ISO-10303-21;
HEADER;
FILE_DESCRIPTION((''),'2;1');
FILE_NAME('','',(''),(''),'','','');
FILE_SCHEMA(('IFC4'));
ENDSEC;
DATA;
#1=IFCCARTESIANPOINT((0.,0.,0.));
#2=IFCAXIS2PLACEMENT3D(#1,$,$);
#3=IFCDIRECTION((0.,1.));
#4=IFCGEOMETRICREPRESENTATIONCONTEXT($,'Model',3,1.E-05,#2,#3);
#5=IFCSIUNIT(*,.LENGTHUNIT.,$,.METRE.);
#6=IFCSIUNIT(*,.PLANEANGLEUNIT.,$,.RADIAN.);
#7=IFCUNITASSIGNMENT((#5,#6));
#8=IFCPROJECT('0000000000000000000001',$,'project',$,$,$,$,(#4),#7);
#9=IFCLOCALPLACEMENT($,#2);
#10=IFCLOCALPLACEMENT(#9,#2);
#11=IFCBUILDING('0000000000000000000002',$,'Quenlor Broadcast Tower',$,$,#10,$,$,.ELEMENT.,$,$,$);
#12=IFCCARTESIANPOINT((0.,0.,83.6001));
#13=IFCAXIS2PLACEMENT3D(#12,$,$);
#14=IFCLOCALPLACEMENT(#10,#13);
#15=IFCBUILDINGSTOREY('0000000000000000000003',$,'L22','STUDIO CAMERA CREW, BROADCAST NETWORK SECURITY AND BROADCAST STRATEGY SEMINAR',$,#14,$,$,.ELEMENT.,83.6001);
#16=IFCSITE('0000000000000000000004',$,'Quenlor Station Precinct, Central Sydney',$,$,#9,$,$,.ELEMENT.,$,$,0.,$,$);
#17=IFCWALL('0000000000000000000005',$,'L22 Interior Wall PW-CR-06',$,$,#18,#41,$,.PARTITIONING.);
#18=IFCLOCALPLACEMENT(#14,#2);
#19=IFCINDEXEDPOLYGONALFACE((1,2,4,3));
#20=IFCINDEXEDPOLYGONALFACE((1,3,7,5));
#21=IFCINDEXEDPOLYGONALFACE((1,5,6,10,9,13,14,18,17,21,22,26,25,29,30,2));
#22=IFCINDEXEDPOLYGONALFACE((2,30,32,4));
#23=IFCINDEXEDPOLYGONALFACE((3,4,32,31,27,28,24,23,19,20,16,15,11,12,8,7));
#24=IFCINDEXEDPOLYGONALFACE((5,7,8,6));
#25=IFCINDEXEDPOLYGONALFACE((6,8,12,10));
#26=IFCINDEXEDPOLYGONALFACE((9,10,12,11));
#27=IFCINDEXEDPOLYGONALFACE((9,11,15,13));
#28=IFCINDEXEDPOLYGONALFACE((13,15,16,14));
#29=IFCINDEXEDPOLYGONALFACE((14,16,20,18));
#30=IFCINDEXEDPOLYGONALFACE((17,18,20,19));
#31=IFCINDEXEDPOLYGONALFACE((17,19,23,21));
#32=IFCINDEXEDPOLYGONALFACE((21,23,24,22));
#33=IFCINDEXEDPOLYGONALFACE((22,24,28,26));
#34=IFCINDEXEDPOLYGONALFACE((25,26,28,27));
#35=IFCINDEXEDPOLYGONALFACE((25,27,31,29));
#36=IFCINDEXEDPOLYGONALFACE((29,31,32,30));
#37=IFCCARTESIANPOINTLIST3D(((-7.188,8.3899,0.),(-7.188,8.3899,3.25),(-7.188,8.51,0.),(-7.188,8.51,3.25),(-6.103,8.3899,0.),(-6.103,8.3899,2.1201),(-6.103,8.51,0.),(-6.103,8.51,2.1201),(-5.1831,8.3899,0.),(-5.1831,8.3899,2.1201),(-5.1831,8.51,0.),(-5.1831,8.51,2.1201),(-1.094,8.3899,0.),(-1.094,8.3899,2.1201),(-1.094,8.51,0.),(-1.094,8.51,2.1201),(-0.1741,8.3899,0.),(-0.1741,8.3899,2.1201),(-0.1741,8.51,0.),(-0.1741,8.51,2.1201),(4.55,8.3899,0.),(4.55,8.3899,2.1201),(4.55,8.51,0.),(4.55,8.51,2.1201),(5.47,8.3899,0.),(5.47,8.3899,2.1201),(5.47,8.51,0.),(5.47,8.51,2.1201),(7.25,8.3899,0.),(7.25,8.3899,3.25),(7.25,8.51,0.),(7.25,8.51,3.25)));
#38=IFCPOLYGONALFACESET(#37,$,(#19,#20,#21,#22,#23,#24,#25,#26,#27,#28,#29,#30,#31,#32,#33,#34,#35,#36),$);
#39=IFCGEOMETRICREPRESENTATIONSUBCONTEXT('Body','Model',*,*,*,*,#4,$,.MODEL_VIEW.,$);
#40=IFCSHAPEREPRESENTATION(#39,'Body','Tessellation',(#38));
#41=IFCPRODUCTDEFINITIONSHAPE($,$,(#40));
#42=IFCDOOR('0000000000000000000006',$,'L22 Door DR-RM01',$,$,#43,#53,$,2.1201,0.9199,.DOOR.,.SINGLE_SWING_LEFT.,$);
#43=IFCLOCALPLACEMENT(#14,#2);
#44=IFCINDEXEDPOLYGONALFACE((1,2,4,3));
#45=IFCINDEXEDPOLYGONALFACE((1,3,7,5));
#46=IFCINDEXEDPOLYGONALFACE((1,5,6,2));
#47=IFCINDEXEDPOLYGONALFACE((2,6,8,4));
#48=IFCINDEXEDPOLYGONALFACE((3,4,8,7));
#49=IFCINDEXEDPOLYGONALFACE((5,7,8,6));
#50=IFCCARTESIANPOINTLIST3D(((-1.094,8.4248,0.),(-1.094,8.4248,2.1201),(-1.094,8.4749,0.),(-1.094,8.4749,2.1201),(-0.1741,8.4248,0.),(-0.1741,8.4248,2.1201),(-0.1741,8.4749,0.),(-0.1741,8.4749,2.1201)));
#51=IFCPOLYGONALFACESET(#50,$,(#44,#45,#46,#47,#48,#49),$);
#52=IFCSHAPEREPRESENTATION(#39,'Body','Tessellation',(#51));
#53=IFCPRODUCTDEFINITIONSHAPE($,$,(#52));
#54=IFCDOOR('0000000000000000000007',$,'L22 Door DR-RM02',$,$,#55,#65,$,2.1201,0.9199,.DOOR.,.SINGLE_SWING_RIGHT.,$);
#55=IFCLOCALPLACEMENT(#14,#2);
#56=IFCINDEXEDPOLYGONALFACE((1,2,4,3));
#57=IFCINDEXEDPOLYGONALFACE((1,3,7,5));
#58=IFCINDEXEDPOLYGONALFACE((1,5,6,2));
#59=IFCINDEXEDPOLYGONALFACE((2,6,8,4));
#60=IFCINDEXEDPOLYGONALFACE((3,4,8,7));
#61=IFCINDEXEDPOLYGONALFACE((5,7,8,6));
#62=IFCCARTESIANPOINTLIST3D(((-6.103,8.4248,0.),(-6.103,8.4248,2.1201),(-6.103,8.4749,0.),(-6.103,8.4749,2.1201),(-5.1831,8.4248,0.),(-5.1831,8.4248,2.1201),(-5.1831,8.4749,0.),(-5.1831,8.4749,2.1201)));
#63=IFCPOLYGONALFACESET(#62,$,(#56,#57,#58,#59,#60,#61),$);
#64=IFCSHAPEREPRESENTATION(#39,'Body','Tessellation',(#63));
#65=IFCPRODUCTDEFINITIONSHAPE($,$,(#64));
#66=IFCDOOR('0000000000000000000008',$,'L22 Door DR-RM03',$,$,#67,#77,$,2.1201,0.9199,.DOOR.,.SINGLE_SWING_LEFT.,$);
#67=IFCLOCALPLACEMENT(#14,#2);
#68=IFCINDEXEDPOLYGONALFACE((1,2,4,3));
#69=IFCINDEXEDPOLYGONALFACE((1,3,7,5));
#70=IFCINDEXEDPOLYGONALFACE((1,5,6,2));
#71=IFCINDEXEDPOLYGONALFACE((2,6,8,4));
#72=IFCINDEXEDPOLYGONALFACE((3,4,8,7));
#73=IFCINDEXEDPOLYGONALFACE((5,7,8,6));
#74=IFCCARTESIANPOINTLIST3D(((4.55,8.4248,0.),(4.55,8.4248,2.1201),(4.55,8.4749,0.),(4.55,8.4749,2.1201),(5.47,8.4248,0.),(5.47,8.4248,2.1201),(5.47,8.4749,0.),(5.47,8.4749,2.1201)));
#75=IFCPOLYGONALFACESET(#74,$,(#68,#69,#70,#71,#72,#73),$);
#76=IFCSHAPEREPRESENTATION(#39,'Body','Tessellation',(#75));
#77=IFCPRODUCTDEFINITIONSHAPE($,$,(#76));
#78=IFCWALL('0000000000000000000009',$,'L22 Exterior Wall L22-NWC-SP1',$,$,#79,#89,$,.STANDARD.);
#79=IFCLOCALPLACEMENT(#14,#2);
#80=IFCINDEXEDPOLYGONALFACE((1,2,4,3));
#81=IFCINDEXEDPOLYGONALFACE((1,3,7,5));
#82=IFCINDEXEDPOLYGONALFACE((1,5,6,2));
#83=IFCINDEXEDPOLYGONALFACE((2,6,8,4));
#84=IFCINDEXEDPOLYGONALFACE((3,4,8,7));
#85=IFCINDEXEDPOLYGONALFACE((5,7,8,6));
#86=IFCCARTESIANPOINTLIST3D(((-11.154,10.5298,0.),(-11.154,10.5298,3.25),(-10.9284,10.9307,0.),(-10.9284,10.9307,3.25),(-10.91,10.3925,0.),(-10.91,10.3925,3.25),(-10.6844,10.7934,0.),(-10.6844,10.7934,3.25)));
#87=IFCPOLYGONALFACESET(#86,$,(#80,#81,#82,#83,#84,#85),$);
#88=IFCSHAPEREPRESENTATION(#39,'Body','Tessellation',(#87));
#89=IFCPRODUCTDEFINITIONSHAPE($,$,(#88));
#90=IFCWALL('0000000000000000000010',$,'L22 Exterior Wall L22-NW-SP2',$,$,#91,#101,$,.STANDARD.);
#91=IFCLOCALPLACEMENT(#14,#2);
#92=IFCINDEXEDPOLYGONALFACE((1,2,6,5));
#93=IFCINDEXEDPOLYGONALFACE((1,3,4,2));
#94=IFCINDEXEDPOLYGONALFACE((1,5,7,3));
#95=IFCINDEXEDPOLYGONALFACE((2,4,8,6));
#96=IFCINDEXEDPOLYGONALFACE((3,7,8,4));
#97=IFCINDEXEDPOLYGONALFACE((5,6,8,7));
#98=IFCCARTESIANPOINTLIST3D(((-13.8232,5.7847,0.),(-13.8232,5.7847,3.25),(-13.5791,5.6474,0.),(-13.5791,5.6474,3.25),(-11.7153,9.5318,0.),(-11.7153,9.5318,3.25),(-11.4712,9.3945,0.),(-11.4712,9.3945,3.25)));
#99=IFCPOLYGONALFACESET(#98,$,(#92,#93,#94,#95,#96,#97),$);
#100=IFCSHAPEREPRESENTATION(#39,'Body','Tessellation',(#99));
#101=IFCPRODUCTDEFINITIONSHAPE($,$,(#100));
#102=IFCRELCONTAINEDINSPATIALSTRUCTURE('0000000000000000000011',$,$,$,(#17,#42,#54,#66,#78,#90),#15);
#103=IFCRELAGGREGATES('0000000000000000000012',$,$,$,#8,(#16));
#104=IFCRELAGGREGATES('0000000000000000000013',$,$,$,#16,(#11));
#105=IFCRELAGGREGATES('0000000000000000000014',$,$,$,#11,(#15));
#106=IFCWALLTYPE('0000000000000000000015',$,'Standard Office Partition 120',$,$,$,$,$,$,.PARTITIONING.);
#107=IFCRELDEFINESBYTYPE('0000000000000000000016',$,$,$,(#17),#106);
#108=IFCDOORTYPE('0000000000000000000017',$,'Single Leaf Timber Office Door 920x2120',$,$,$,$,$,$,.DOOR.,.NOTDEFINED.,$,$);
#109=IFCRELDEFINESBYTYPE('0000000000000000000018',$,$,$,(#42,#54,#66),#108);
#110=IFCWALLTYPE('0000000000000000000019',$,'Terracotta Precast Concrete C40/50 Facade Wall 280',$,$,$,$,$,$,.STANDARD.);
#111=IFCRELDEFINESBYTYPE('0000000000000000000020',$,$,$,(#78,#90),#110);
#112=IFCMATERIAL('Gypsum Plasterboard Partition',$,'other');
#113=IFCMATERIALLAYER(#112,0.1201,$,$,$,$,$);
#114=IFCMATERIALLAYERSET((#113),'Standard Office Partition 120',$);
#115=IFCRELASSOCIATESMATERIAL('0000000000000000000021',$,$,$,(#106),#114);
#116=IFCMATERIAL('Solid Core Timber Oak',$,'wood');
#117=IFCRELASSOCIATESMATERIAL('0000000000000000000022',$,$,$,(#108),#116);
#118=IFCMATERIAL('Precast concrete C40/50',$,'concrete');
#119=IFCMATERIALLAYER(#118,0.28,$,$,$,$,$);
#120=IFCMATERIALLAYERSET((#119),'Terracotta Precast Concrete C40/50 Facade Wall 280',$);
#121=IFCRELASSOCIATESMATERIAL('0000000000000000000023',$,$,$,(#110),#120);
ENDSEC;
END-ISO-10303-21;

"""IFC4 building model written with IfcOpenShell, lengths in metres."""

from ifc_helpers import new_model, si_unit, direction, frame, frame_2d, origin, place, context, subcontext, project, spatial, rectangle, extrude, material, layer, layer_set, type_object, element, fill, save


model = new_model("IFC4")

# Units and contexts
model_context = context("Model", 3, precision=1e-05, world=origin(), true_north=direction((0.0, 1.0)))
body_context = subcontext(model_context, "Body", "Model", "MODEL_VIEW")
ifc_project = project(units=[si_unit("LENGTHUNIT", "METRE"), si_unit("PLANEANGLEUNIT", "RADIAN")], contexts=[model_context])

# Site, building, storey
site_placement = place(None, origin())
site = spatial("IfcSite", under=ifc_project, at=site_placement, Name="Quenlor Station Precinct, Central Sydney", CompositionType="ELEMENT", RefElevation=0.0)
building_placement = place(site_placement, origin())
building = spatial("IfcBuilding", under=site, at=building_placement, Name="Quenlor Broadcast Tower", CompositionType="ELEMENT")
storey_placement = place(building_placement, frame((0.0, 0.0, 83.6001)))
storey = spatial("IfcBuildingStorey", under=building, at=storey_placement, Name="L22", Description="STUDIO CAMERA CREW, BROADCAST NETWORK SECURITY AND BROADCAST STRATEGY SEMINAR", CompositionType="ELEMENT", Elevation=83.6001)

# Shared definitions
ifc_material_1 = material(Name="Gypsum Plasterboard Partition", Category="other")
ifc_layer_1 = layer(ifc_material_1, 0.1201)
ifc_layer_set_1 = layer_set([ifc_layer_1], Name="Standard Office Partition 120")
wall_type_1 = type_object("IfcWallType", Name="Standard Office Partition 120", PredefinedType="PARTITIONING", material=ifc_layer_set_1)
ifc_material_2 = material(Name="Solid Core Timber Oak", Category="wood")
door_type = type_object("IfcDoorType", Name="Single Leaf Timber Office Door 920x2120", OperationType="NOTDEFINED", PredefinedType="DOOR", material=ifc_material_2)

# Wall, openings, doors
wall_1_placement = place(storey_placement, frame((-7.188, 8.45, 0.0), z_axis=(0.0, 0.0, 1.0), x_axis=(1.0, 0.0, 0.0)))
wall_1 = element("IfcWall", 1, at=wall_1_placement, inside=storey, type_object=wall_type_1, Name="L22 Interior Wall PW-CR-06", PredefinedType="PARTITIONING", context=body_context, shape_type="SweptSolid", body=[
    extrude(rectangle(XDim=14.438, YDim=0.1201, at=frame_2d((7.219, 0.0))), origin(), (0.0, 0.0, 1.0), 3.25),
])
opening_1_placement = place(wall_1_placement, frame((6.094, 0.0, 0.0)))
opening_1 = element("IfcOpeningElement", 2, at=opening_1_placement, cuts=wall_1, PredefinedType="OPENING", context=body_context, shape_type="SweptSolid", body=[
    extrude(rectangle(XDim=0.9199, YDim=2.1201, at=frame_2d((0.46, 1.0601))), frame((0.0, 0.0701, 0.0), z_axis=(0.0, -1.0, 0.0), x_axis=(1.0, 0.0, 0.0)), (0.0, 0.0, 1.0), 0.1401),
])
opening_2_placement = place(wall_1_placement, frame((1.085, 0.0, 0.0)))
opening_2 = element("IfcOpeningElement", 3, at=opening_2_placement, cuts=wall_1, PredefinedType="OPENING", context=body_context, shape_type="SweptSolid", body=[
    extrude(rectangle(XDim=0.9199, YDim=2.1201, at=frame_2d((0.46, 1.0601))), frame((0.0, 0.0701, 0.0), z_axis=(0.0, -1.0, 0.0), x_axis=(1.0, 0.0, 0.0)), (0.0, 0.0, 1.0), 0.1401),
])
opening_3_placement = place(wall_1_placement, frame((11.738, 0.0, 0.0)))
opening_3 = element("IfcOpeningElement", 4, at=opening_3_placement, cuts=wall_1, PredefinedType="OPENING", context=body_context, shape_type="SweptSolid", body=[
    extrude(rectangle(XDim=0.9199, YDim=2.1201, at=frame_2d((0.46, 1.0601))), frame((0.0, 0.0701, 0.0), z_axis=(0.0, -1.0, 0.0), x_axis=(1.0, 0.0, 0.0)), (0.0, 0.0, 1.0), 0.1401),
])
door_1_placement = place(opening_1_placement, origin())
door_1 = element("IfcDoor", 5, at=door_1_placement, inside=storey, type_object=door_type, Name="L22 Door DR-RM01", OperationType="SINGLE_SWING_LEFT", OverallHeight=2.1201, OverallWidth=0.9199, PredefinedType="DOOR", context=body_context, shape_type="SweptSolid", body=[
    extrude(rectangle(XDim=0.9199, YDim=2.1201, at=frame_2d((0.46, 1.0601))), frame((0.0, 0.0249, 0.0), z_axis=(0.0, -1.0, 0.0), x_axis=(1.0, 0.0, 0.0)), (0.0, 0.0, 1.0), 0.05),
])
fill(opening_1, door_1)
door_2_placement = place(opening_2_placement, origin())
door_2 = element("IfcDoor", 6, at=door_2_placement, inside=storey, type_object=door_type, Name="L22 Door DR-RM02", OperationType="SINGLE_SWING_RIGHT", OverallHeight=2.1201, OverallWidth=0.9199, PredefinedType="DOOR", context=body_context, shape_type="SweptSolid", body=[
    extrude(rectangle(XDim=0.9199, YDim=2.1201, at=frame_2d((0.46, 1.0601))), frame((0.0, 0.0249, 0.0), z_axis=(0.0, -1.0, 0.0), x_axis=(1.0, 0.0, 0.0)), (0.0, 0.0, 1.0), 0.05),
])
fill(opening_2, door_2)
door_3_placement = place(opening_3_placement, origin())
door_3 = element("IfcDoor", 7, at=door_3_placement, inside=storey, type_object=door_type, Name="L22 Door DR-RM03", OperationType="SINGLE_SWING_LEFT", OverallHeight=2.1201, OverallWidth=0.9199, PredefinedType="DOOR", context=body_context, shape_type="SweptSolid", body=[
    extrude(rectangle(XDim=0.9199, YDim=2.1201, at=frame_2d((0.46, 1.0601))), frame((0.0, 0.0249, 0.0), z_axis=(0.0, -1.0, 0.0), x_axis=(1.0, 0.0, 0.0)), (0.0, 0.0, 1.0), 0.05),
])
fill(opening_3, door_3)

# Walls
ifc_material_3 = material(Name="Precast concrete C40/50", Category="concrete")
ifc_layer_2 = layer(ifc_material_3, 0.28)
ifc_layer_set_2 = layer_set([ifc_layer_2], Name="Terracotta Precast Concrete C40/50 Facade Wall 280")
wall_type_2 = type_object("IfcWallType", Name="Terracotta Precast Concrete C40/50 Facade Wall 280", PredefinedType="STANDARD", material=ifc_layer_set_2)
wall_2_placement = place(storey_placement, frame((-11.032, 10.4612, 0.0), z_axis=(0.0, 0.0, 1.0), x_axis=(0.490412, 0.87149, 0.0)))
element("IfcWall", 8, at=wall_2_placement, inside=storey, type_object=wall_type_2, Name="L22 Exterior Wall L22-NWC-SP1", PredefinedType="STANDARD", context=body_context, shape_type="SweptSolid", body=[
    extrude(rectangle(XDim=0.46, YDim=0.28, at=frame_2d((0.23, 0.0))), origin(), (0.0, 0.0, 1.0), 3.25),
])
wall_3_placement = place(storey_placement, frame((-13.7012, 5.7161, 0.0), z_axis=(0.0, 0.0, 1.0), x_axis=(0.490294, 0.871557, 0.0)))
element("IfcWall", 9, at=wall_3_placement, inside=storey, type_object=wall_type_2, Name="L22 Exterior Wall L22-NW-SP2", PredefinedType="STANDARD", context=body_context, shape_type="SweptSolid", body=[
    extrude(rectangle(XDim=4.2993, YDim=0.28, at=frame_2d((2.1497, 0.0))), origin(), (0.0, 0.0, 1.0), 3.25),
])

save(model, "model.ifc")
